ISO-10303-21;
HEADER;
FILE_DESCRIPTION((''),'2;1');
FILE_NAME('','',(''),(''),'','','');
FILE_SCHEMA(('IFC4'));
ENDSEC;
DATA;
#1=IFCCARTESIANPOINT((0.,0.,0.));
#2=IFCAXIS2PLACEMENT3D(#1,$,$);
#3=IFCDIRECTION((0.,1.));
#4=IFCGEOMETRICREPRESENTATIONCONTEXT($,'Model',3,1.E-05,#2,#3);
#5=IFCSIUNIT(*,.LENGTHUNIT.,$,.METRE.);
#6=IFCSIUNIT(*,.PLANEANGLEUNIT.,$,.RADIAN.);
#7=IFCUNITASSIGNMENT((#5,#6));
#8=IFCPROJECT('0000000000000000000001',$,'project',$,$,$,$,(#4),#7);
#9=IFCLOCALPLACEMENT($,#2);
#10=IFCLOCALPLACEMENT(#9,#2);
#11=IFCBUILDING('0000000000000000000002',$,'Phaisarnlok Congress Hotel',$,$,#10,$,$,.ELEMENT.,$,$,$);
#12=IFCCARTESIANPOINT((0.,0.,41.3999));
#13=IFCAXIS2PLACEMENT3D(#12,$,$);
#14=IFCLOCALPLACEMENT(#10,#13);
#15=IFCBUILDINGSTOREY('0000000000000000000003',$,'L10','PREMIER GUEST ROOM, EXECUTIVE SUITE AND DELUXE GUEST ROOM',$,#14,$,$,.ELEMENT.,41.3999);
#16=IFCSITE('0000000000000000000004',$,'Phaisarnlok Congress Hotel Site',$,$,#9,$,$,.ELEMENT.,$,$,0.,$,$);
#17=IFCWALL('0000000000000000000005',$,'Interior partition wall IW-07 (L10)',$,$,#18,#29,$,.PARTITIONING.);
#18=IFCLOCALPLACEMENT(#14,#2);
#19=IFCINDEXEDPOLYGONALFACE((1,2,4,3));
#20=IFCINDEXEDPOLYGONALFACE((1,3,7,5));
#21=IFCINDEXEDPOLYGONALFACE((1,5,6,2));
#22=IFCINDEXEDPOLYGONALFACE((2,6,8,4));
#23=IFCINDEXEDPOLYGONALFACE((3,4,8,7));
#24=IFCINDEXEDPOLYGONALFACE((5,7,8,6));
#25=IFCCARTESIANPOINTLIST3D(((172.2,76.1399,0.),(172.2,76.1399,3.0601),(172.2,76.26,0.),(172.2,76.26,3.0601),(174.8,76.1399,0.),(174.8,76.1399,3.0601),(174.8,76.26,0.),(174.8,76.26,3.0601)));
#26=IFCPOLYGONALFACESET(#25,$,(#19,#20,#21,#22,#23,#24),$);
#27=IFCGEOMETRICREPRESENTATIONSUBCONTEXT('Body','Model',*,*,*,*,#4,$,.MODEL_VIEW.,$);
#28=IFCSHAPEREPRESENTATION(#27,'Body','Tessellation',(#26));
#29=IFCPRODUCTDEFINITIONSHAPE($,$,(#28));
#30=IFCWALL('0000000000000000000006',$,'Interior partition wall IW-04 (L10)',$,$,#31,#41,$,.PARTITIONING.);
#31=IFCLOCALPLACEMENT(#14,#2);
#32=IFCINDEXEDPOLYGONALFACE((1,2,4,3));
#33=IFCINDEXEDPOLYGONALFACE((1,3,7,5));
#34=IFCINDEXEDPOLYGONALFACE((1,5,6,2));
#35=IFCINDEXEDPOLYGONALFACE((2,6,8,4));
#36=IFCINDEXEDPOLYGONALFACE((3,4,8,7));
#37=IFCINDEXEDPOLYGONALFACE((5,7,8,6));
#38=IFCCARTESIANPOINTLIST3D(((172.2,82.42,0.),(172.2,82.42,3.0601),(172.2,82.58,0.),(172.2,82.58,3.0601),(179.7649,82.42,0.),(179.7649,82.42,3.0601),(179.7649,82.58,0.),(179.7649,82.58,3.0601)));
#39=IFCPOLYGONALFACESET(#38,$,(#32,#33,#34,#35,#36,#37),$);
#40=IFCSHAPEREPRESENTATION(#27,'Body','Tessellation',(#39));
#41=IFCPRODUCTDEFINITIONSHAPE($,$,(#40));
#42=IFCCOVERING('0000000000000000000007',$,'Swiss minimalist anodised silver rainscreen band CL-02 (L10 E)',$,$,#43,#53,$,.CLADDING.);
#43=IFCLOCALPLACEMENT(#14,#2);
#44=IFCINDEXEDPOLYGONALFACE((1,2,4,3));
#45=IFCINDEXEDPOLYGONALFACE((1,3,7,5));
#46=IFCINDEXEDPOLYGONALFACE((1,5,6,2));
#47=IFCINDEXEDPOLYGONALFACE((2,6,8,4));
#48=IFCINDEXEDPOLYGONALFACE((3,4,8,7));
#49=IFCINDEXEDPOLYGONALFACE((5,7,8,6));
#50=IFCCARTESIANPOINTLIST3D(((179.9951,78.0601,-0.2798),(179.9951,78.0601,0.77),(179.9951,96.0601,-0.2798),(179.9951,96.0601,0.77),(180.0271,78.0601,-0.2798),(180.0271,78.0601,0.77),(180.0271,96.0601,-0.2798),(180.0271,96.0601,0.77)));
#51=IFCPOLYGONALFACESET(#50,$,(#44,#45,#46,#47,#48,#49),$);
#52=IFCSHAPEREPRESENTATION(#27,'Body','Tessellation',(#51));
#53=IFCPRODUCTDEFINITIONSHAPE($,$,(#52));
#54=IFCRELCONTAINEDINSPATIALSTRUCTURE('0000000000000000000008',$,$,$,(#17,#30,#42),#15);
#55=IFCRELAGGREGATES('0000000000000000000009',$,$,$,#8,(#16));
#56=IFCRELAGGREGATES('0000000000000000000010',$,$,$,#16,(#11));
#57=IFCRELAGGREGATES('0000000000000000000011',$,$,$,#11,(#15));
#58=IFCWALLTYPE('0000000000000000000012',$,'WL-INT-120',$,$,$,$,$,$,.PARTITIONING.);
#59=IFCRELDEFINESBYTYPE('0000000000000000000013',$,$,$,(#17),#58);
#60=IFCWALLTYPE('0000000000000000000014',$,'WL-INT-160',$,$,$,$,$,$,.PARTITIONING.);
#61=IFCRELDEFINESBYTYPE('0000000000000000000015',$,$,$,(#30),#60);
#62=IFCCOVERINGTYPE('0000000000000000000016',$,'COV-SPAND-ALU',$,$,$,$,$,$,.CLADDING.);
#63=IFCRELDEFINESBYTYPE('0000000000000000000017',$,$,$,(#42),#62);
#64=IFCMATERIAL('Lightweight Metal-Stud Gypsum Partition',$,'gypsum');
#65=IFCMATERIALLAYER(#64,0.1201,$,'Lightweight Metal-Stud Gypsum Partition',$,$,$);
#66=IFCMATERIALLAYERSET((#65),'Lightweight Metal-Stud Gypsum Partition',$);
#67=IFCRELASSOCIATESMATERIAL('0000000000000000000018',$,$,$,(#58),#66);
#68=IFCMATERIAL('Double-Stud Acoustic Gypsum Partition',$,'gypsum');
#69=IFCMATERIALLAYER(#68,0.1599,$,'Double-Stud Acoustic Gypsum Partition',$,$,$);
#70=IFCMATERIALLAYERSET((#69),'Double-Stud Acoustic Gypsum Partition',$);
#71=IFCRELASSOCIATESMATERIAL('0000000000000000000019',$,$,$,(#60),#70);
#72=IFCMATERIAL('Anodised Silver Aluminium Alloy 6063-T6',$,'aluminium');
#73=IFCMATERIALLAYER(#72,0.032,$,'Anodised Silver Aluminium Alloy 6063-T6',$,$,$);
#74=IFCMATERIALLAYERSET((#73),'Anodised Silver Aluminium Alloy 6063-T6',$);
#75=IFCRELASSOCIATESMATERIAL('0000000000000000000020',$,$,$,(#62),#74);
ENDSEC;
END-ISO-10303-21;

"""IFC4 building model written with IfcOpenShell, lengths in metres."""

from ifc_helpers import new_model, si_unit, direction, frame, frame_2d, origin, place, context, subcontext, project, spatial, polyline, rectangle, outline, extrude, material, layer, layer_set, type_object, element, save


model = new_model("IFC4")

# Units and contexts
model_context = context("Model", 3, precision=1e-05, world=origin(), true_north=direction((0.0, 1.0)))
body_context = subcontext(model_context, "Body", "Model", "MODEL_VIEW")
ifc_project = project(units=[si_unit("LENGTHUNIT", "METRE"), si_unit("PLANEANGLEUNIT", "RADIAN")], contexts=[model_context])

# Site, building, storey
site_placement = place(None, origin())
site = spatial("IfcSite", under=ifc_project, at=site_placement, Name="Phaisarnlok Congress Hotel Site", CompositionType="ELEMENT", RefElevation=0.0)
building_placement = place(site_placement, origin())
building = spatial("IfcBuilding", under=site, at=building_placement, Name="Phaisarnlok Congress Hotel", CompositionType="ELEMENT")
storey_placement = place(building_placement, frame((0.0, 0.0, 41.3999)))
storey = spatial("IfcBuildingStorey", under=building, at=storey_placement, Name="L10", Description="PREMIER GUEST ROOM, EXECUTIVE SUITE AND DELUXE GUEST ROOM", CompositionType="ELEMENT", Elevation=41.3999)

# Shared definitions
ifc_material_1 = material(Name="Lightweight Metal-Stud Gypsum Partition", Category="gypsum")
ifc_layer_1 = layer(ifc_material_1, 0.1201, Name="Lightweight Metal-Stud Gypsum Partition")
ifc_layer_set_1 = layer_set([ifc_layer_1], Name="Lightweight Metal-Stud Gypsum Partition")
wall_type_1 = type_object("IfcWallType", Name="WL-INT-120", PredefinedType="PARTITIONING", material=ifc_layer_set_1)

# Walls
wall_1_placement = place(storey_placement, frame((172.2, 76.2, 0.0), z_axis=(0.0, 0.0, 1.0), x_axis=(1.0, 0.0, 0.0)))
element("IfcWall", 1, at=wall_1_placement, inside=storey, type_object=wall_type_1, Name="Interior partition wall IW-07 (L10)", PredefinedType="PARTITIONING", context=body_context, shape_type="SweptSolid", body=[
    extrude(rectangle(XDim=2.6001, YDim=0.1201, at=frame_2d((1.3, 0.0))), origin(), (0.0, 0.0, 1.0), 3.0601),
])
ifc_material_2 = material(Name="Double-Stud Acoustic Gypsum Partition", Category="gypsum")
ifc_layer_2 = layer(ifc_material_2, 0.1599, Name="Double-Stud Acoustic Gypsum Partition")
ifc_layer_set_2 = layer_set([ifc_layer_2], Name="Double-Stud Acoustic Gypsum Partition")
wall_type_2 = type_object("IfcWallType", Name="WL-INT-160", PredefinedType="PARTITIONING", material=ifc_layer_set_2)
wall_2_placement = place(storey_placement, frame((172.2, 82.5, 0.0), z_axis=(0.0, 0.0, 1.0), x_axis=(1.0, 0.0, 0.0)))
element("IfcWall", 2, at=wall_2_placement, inside=storey, type_object=wall_type_2, Name="Interior partition wall IW-04 (L10)", PredefinedType="PARTITIONING", context=body_context, shape_type="SweptSolid", body=[
    extrude(rectangle(XDim=7.5649, YDim=0.1599, at=frame_2d((3.7825, 0.0))), origin(), (0.0, 0.0, 1.0), 3.0601),
])

# Covering
ifc_material_3 = material(Name="Anodised Silver Aluminium Alloy 6063-T6", Category="aluminium")
ifc_layer_3 = layer(ifc_material_3, 0.032, Name="Anodised Silver Aluminium Alloy 6063-T6")
ifc_layer_set_3 = layer_set([ifc_layer_3], Name="Anodised Silver Aluminium Alloy 6063-T6")
covering_type = type_object("IfcCoveringType", Name="COV-SPAND-ALU", PredefinedType="CLADDING", material=ifc_layer_set_3)
covering_placement = place(storey_placement, frame((179.9951, 78.0601, -0.2798), z_axis=(1.0, 0.0, 0.0), x_axis=(0.0, 1.0, 0.0)))
element("IfcCovering", 3, at=covering_placement, inside=storey, type_object=covering_type, Name="Swiss minimalist anodised silver rainscreen band CL-02 (L10 E)", PredefinedType="CLADDING", context=body_context, shape_type="SweptSolid", body=[
    extrude(outline(polyline([(0.0, 0.0), (18.0, 0.0), (18.0, 1.0498), (0.0, 1.0498), (0.0, 0.0)])), origin(), (0.0, 0.0, 1.0), 0.032),
])

save(model, "model.ifc")
